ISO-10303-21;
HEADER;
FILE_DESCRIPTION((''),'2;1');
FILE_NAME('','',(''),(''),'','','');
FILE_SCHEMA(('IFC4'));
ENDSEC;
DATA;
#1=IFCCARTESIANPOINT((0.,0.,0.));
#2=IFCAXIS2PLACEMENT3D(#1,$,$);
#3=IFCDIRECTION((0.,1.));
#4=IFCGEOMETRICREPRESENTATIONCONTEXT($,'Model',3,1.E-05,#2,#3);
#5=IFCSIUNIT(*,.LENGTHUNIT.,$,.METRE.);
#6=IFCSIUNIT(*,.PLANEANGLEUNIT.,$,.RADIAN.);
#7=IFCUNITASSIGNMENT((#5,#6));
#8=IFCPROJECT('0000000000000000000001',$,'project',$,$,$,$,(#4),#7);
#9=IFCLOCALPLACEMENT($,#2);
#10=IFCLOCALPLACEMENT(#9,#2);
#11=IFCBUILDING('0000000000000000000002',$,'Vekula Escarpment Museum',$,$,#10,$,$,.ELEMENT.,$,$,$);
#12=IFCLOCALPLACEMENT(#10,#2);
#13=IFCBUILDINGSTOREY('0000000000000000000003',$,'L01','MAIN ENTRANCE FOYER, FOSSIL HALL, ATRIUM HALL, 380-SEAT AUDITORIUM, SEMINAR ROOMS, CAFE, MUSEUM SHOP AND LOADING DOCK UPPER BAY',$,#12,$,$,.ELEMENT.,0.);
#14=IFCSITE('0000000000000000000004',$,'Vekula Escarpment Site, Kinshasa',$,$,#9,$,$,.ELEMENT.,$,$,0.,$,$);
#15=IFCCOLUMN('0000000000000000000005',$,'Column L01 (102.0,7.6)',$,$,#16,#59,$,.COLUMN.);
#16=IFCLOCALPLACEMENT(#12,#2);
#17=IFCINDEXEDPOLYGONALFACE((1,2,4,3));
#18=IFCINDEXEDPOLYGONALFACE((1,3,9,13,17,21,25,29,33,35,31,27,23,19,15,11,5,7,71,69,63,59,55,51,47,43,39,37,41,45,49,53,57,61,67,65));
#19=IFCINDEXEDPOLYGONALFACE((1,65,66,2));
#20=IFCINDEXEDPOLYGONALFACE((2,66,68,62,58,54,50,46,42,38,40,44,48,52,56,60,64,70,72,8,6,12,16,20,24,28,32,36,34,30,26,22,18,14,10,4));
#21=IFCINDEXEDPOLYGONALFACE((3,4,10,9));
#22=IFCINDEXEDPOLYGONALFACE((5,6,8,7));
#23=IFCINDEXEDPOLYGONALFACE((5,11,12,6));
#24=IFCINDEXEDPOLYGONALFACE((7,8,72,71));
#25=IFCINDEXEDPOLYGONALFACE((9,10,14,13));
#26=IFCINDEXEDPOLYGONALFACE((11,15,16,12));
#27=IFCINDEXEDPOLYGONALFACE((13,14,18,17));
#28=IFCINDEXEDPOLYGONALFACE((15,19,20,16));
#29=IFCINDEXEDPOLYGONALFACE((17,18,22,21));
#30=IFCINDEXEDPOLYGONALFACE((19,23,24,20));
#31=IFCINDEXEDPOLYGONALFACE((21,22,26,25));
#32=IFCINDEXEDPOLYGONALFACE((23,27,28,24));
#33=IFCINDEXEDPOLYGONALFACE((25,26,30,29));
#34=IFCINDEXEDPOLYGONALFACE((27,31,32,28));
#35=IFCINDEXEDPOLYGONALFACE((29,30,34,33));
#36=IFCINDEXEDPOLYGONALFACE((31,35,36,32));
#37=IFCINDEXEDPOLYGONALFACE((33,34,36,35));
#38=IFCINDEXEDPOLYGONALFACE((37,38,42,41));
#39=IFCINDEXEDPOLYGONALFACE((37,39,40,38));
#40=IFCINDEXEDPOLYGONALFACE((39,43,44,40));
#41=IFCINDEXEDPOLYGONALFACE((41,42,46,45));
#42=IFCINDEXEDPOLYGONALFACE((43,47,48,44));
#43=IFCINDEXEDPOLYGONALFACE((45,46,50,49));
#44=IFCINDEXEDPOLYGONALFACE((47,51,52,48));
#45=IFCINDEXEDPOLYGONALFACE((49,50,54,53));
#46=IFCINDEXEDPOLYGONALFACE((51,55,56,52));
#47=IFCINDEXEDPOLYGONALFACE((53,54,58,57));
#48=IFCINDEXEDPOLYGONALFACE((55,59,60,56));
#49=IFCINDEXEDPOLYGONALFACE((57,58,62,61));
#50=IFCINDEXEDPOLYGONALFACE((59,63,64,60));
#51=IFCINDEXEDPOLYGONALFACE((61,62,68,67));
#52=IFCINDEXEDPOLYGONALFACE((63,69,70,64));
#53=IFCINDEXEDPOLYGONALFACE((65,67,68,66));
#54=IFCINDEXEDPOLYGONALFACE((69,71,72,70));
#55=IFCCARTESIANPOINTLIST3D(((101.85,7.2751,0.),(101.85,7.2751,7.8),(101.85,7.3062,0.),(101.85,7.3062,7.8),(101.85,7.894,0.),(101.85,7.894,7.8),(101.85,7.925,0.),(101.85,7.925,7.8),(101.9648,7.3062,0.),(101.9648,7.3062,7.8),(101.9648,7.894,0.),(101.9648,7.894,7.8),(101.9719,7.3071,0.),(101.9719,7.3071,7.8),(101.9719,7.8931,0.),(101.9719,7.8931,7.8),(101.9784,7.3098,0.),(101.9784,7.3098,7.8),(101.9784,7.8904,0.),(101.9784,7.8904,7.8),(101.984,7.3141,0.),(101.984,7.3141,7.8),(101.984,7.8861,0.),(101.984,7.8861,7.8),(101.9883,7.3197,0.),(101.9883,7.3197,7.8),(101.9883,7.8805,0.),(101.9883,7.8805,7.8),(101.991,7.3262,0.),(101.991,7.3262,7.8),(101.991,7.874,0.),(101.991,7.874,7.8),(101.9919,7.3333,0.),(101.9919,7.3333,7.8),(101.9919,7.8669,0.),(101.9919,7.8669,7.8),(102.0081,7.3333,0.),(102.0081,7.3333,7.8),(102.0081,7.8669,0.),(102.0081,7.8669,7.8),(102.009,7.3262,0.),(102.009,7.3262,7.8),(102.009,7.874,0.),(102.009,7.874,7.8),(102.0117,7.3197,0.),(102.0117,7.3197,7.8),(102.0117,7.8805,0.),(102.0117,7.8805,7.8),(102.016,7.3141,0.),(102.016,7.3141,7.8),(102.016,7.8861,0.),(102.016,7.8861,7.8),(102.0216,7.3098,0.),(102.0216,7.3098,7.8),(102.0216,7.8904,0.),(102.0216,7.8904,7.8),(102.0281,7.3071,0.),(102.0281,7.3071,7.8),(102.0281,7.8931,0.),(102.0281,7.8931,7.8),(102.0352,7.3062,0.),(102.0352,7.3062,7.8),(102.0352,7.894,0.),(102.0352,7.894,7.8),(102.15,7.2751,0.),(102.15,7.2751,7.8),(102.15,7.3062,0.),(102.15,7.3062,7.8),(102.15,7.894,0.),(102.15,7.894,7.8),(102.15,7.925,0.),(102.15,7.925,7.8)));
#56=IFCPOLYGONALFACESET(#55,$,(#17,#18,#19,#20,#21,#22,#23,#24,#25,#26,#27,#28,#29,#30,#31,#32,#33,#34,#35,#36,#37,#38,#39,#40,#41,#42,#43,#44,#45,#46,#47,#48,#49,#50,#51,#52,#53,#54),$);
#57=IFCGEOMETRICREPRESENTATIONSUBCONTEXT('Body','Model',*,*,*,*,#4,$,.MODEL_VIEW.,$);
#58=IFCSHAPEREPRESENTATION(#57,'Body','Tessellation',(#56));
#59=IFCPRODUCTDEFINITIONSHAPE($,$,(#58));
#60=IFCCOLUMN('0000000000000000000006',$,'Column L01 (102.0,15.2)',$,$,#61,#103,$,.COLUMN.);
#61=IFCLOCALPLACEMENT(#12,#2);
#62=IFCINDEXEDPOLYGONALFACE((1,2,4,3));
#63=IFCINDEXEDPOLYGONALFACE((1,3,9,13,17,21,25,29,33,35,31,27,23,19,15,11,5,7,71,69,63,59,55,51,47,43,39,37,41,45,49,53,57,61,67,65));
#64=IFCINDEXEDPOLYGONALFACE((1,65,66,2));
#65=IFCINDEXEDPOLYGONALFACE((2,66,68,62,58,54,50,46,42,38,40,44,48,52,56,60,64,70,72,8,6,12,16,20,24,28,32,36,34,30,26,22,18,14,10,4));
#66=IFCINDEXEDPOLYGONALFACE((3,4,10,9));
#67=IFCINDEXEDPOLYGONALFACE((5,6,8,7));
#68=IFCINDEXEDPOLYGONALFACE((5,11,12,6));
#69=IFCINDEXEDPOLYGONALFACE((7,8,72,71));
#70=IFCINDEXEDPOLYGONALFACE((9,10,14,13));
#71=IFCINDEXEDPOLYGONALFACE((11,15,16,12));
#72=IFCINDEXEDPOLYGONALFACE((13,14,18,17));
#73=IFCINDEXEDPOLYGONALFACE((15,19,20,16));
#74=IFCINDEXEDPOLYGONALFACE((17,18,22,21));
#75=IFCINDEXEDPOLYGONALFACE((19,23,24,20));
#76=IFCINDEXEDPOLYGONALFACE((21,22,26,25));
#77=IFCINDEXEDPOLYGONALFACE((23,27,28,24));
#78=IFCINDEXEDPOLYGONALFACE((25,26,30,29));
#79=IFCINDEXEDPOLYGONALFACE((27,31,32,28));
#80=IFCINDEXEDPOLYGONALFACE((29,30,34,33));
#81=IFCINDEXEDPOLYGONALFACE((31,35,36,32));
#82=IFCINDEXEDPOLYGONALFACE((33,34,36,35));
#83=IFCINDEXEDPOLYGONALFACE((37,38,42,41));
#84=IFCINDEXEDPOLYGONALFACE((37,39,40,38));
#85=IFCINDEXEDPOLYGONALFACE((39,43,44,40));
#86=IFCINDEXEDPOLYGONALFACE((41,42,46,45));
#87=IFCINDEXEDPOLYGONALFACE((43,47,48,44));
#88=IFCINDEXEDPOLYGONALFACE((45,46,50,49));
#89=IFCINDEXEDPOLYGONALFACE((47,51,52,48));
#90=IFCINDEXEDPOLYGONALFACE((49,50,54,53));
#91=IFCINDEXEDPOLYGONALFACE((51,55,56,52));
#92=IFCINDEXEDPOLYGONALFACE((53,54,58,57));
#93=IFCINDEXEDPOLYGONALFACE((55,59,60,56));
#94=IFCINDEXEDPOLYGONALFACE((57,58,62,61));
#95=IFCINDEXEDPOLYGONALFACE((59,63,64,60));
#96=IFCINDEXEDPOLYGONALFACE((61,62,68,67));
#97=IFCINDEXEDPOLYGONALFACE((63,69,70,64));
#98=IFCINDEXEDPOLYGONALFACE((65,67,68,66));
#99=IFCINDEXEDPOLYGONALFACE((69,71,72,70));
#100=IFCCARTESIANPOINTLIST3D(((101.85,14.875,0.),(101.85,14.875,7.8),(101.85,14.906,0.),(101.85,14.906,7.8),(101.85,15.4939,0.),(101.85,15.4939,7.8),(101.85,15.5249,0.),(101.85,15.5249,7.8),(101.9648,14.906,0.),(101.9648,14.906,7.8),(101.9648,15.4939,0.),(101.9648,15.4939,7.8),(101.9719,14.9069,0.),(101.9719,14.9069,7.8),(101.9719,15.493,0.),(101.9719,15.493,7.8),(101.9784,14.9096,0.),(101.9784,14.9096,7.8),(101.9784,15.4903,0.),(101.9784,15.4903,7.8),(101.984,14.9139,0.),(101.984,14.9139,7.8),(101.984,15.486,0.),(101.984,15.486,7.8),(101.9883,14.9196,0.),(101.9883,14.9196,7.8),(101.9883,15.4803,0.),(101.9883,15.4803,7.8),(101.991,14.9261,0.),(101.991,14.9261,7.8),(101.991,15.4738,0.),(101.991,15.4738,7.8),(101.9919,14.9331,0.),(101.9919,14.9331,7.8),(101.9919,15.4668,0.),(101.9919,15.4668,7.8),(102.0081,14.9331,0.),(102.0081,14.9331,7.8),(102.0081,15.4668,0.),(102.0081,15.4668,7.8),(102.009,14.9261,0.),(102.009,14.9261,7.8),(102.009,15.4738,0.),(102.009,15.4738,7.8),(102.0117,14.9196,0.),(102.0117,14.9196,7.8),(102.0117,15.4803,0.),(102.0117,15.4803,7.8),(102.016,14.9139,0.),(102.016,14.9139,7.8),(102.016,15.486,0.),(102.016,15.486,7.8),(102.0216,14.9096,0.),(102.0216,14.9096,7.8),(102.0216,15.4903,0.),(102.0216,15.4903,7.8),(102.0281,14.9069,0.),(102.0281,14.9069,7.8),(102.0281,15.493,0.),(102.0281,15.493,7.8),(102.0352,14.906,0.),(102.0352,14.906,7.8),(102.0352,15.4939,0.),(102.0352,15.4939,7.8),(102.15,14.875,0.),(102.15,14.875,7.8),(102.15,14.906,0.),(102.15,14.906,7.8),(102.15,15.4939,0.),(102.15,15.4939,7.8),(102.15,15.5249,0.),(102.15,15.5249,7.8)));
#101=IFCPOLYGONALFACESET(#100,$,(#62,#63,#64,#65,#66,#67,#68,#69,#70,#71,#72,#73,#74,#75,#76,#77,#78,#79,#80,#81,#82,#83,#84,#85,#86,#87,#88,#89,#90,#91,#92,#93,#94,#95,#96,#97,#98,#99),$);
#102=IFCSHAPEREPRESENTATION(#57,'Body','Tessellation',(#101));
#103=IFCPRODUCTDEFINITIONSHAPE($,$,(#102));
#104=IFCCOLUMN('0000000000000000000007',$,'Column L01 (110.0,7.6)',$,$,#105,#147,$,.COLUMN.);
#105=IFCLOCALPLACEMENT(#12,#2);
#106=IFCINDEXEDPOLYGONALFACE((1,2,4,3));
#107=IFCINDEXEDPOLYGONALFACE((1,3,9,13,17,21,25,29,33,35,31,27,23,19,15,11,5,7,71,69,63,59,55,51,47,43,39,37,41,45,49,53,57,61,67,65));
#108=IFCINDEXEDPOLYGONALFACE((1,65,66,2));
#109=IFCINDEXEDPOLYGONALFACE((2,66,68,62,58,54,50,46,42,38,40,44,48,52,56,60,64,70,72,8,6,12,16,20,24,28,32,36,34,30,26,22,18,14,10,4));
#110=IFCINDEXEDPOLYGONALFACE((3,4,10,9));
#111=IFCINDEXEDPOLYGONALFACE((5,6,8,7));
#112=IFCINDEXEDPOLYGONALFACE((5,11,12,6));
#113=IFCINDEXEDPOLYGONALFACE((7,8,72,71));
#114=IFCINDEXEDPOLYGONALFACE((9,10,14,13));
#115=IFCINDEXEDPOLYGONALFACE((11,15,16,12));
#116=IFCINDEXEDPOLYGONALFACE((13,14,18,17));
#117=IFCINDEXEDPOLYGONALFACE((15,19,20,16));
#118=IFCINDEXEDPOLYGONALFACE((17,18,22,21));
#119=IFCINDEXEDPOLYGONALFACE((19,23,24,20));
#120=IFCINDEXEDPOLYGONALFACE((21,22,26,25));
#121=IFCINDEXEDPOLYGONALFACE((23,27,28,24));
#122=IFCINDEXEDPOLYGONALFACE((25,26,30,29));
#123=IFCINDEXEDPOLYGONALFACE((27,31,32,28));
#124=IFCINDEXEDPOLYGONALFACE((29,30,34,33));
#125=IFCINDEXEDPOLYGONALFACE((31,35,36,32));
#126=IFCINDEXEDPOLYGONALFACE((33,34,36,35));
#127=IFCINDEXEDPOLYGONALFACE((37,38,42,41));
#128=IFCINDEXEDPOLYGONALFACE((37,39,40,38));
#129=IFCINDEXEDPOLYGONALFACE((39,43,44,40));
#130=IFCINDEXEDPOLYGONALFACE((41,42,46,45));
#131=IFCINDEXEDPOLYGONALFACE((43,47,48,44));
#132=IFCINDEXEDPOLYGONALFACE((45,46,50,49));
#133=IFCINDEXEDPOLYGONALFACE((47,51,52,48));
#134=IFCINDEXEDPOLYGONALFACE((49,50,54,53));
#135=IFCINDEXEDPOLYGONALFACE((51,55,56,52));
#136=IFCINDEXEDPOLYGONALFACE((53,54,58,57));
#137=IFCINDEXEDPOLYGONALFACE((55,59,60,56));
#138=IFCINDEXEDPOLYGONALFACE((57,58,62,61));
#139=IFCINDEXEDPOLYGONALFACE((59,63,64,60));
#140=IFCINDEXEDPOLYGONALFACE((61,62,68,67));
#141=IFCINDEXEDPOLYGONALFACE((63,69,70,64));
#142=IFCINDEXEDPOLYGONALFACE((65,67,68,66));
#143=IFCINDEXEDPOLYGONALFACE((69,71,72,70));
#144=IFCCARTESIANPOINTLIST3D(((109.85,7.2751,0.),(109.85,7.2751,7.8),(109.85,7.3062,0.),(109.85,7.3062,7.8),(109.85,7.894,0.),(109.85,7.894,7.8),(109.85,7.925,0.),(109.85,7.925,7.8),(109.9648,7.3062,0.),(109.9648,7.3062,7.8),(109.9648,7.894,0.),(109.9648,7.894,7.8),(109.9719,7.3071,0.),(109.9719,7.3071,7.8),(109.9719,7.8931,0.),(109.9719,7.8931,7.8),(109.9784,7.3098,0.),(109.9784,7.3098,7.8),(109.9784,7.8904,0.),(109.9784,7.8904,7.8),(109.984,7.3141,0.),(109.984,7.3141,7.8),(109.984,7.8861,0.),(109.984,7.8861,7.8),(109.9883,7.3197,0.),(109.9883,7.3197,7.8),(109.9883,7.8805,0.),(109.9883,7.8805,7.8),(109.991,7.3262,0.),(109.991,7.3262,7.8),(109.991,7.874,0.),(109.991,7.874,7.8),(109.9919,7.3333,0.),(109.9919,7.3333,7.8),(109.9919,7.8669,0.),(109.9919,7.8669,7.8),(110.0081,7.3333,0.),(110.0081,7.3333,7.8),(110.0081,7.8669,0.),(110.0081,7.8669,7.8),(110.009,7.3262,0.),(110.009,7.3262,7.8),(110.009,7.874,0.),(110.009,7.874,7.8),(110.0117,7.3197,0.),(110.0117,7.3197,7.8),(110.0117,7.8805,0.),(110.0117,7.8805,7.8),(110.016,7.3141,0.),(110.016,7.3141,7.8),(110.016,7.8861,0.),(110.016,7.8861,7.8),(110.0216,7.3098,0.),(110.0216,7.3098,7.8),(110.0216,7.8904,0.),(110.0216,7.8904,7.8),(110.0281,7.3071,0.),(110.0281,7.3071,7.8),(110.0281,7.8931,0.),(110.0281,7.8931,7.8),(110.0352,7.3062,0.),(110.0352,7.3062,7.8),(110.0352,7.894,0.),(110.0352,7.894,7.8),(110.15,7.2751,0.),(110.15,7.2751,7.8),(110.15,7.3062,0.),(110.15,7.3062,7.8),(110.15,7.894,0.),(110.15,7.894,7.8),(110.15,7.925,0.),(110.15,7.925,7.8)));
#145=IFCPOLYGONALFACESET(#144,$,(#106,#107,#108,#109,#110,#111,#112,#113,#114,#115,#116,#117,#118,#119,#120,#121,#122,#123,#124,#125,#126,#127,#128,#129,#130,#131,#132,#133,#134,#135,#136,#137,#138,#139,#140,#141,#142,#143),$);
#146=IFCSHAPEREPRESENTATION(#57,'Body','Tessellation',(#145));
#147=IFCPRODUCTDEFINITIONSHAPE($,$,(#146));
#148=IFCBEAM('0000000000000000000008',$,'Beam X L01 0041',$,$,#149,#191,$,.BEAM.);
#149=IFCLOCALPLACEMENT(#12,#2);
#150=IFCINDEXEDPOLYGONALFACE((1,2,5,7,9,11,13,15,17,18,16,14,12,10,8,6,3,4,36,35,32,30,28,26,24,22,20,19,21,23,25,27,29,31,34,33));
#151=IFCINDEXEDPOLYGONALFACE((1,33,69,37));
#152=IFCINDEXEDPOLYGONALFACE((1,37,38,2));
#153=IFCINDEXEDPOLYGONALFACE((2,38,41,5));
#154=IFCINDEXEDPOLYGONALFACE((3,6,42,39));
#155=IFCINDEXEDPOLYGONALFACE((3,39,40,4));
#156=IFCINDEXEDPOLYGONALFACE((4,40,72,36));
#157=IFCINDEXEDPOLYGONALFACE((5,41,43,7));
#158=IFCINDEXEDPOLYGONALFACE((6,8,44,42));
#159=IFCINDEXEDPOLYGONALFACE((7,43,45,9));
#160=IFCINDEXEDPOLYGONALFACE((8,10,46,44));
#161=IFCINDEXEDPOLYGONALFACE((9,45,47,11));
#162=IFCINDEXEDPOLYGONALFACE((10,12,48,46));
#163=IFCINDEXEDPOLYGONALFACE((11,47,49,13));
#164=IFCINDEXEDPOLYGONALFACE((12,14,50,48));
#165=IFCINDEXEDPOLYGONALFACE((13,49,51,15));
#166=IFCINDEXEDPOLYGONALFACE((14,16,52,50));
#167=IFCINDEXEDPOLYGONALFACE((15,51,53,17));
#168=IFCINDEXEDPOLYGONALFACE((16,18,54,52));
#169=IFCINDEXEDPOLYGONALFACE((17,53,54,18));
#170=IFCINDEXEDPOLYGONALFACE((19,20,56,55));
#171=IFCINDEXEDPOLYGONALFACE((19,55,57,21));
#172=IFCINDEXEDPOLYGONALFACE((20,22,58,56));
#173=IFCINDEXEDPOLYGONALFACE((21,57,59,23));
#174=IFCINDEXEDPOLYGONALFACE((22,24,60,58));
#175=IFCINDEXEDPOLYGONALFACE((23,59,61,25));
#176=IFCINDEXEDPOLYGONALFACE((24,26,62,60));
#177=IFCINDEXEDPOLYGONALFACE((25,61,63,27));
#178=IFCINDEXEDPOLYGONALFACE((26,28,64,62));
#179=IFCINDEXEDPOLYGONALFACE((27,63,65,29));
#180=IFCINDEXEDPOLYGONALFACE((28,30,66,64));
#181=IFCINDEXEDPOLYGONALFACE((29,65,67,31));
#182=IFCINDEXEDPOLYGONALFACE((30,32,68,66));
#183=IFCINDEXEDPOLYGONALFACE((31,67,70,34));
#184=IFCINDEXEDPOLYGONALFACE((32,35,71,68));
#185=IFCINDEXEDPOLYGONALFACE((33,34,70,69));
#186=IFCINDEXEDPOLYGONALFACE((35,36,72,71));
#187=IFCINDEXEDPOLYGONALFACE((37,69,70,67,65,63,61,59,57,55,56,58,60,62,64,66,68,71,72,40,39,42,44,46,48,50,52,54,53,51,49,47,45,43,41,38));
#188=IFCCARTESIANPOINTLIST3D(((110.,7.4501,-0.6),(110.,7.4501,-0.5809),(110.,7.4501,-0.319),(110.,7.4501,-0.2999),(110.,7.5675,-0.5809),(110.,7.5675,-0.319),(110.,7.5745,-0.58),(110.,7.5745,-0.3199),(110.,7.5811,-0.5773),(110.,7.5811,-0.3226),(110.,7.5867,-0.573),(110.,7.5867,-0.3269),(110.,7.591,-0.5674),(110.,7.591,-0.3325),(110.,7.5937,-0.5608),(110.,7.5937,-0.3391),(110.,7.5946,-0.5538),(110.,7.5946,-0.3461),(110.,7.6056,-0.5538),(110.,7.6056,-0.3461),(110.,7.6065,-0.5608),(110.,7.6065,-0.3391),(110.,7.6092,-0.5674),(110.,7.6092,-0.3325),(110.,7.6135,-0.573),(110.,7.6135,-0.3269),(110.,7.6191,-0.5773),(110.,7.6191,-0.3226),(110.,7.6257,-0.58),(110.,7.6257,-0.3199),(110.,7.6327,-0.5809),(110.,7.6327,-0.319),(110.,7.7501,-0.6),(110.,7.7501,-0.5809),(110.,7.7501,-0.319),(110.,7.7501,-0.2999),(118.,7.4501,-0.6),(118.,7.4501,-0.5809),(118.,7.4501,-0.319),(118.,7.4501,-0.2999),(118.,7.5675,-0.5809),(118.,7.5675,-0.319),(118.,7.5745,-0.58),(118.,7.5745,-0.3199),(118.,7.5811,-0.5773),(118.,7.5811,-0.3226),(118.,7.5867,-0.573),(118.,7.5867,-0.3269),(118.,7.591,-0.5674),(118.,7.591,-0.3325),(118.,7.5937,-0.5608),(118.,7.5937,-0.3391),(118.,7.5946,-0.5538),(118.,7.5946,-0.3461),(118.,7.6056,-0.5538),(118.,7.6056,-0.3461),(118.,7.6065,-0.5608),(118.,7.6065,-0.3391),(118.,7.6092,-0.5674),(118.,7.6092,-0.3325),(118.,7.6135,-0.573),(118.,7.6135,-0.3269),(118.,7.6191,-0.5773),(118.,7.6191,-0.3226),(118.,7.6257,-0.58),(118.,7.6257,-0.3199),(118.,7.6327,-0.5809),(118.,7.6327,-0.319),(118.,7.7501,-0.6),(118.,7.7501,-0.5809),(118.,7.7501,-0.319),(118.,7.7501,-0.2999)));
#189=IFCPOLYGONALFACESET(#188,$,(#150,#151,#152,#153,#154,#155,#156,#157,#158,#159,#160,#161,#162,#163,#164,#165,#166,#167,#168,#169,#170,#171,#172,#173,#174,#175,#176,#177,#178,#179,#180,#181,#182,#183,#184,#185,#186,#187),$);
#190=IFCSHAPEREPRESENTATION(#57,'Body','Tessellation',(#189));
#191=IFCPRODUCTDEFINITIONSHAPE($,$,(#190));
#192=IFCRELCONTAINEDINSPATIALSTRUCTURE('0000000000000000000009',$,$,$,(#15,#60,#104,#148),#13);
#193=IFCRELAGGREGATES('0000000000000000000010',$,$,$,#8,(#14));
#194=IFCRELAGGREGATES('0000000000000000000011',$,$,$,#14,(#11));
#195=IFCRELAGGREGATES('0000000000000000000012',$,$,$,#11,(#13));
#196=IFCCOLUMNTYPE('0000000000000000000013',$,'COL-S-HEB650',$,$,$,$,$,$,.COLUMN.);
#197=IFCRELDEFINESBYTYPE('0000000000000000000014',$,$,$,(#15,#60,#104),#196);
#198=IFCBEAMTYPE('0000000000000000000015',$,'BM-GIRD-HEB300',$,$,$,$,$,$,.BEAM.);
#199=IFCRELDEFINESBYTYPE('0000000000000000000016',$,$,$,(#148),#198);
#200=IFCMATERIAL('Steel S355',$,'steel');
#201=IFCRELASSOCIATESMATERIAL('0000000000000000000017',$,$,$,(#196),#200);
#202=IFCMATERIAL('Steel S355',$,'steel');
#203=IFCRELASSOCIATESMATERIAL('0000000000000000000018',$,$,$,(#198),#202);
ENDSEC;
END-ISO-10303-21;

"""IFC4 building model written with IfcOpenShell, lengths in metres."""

from ifc_helpers import new_model, si_unit, direction, frame, origin, origin_2d, place, context, subcontext, project, spatial, i_section, extrude, material, material_profile, profile_set, type_object, element, save


model = new_model("IFC4")

# Units and contexts
model_context = context("Model", 3, precision=1e-05, world=origin(), true_north=direction((0.0, 1.0)))
body_context = subcontext(model_context, "Body", "Model", "MODEL_VIEW")
ifc_project = project(units=[si_unit("LENGTHUNIT", "METRE"), si_unit("PLANEANGLEUNIT", "RADIAN")], contexts=[model_context])

# Site, building, storey
site_placement = place(None, origin())
site = spatial("IfcSite", under=ifc_project, at=site_placement, Name="Vekula Escarpment Site, Kinshasa", CompositionType="ELEMENT", RefElevation=0.0)
building_placement = place(site_placement, origin())
building = spatial("IfcBuilding", under=site, at=building_placement, Name="Vekula Escarpment Museum", CompositionType="ELEMENT")
storey_placement = place(building_placement, origin())
storey = spatial("IfcBuildingStorey", under=building, at=storey_placement, Name="L01", Description="MAIN ENTRANCE FOYER, FOSSIL HALL, ATRIUM HALL, 380-SEAT AUDITORIUM, SEMINAR ROOMS, CAFE, MUSEUM SHOP AND LOADING DOCK UPPER BAY", CompositionType="ELEMENT", Elevation=0.0)

# Columns
ifc_material_1 = material(Name="Steel S355", Category="steel")
ifc_material_profile_1 = material_profile(ifc_material_1, i_section(OverallWidth=0.3, OverallDepth=0.6499, WebThickness=0.0161, FlangeThickness=0.031, FilletRadius=0.0271, at=origin_2d()), Name="HEB 650")
ifc_profile_set_1 = profile_set([ifc_material_profile_1], Name="Steel S355")
column_type = type_object("IfcColumnType", Name="COL-S-HEB650", PredefinedType="COLUMN", material=ifc_profile_set_1)
for number, where, z_axis, x_axis, name in (
    (1, (102.0, 7.6001, 0.0), (0.0, 0.0, 1.0), (1.0, 0.0, 0.0), "Column L01 (102.0,7.6)"),
    (2, (102.0, 15.2, 0.0), (0.0, 0.0, 1.0), (1.0, 0.0, 0.0), "Column L01 (102.0,15.2)"),
    (3, (110.0, 7.6001, 0.0), (0.0, 0.0, 1.0), (1.0, 0.0, 0.0), "Column L01 (110.0,7.6)"),
):
    element("IfcColumn", number, at=place(storey_placement, frame(where, z_axis=z_axis, x_axis=x_axis)), inside=storey, type_object=column_type, Name=name, PredefinedType="COLUMN", context=body_context, shape_type="SweptSolid", body=[
        extrude(i_section(OverallWidth=0.3, OverallDepth=0.6499, WebThickness=0.0161, FlangeThickness=0.031, FilletRadius=0.0271, at=origin_2d()), origin(), (0.0, 0.0, 1.0), 7.8),
    ])

# Beam
ifc_material_2 = material(Name="Steel S355", Category="steel")
ifc_material_profile_2 = material_profile(ifc_material_2, i_section(OverallWidth=0.3, OverallDepth=0.3, WebThickness=0.011, FlangeThickness=0.019, FilletRadius=0.0271, at=origin_2d()), Name="HEB 300")
ifc_profile_set_2 = profile_set([ifc_material_profile_2], Name="Steel S355")
beam_type_1 = type_object("IfcBeamType", Name="BM-GIRD-HEB300", PredefinedType="BEAM", material=ifc_profile_set_2)
for number, where, z_axis, x_axis, name in (
    (4, (110.0, 7.6001, -0.45), (1.0, 0.0, 0.0), (0.0, 1.0, 0.0), "Beam X L01 0041"),
):
    element("IfcBeam", number, at=place(storey_placement, frame(where, z_axis=z_axis, x_axis=x_axis)), inside=storey, type_object=beam_type_1, Name=name, PredefinedType="BEAM", context=body_context, shape_type="SweptSolid", body=[
        extrude(i_section(OverallWidth=0.3, OverallDepth=0.3, WebThickness=0.011, FlangeThickness=0.019, FilletRadius=0.0271, at=origin_2d()), origin(), (0.0, 0.0, 1.0), 8.0),
    ])

save(model, "model.ifc")
